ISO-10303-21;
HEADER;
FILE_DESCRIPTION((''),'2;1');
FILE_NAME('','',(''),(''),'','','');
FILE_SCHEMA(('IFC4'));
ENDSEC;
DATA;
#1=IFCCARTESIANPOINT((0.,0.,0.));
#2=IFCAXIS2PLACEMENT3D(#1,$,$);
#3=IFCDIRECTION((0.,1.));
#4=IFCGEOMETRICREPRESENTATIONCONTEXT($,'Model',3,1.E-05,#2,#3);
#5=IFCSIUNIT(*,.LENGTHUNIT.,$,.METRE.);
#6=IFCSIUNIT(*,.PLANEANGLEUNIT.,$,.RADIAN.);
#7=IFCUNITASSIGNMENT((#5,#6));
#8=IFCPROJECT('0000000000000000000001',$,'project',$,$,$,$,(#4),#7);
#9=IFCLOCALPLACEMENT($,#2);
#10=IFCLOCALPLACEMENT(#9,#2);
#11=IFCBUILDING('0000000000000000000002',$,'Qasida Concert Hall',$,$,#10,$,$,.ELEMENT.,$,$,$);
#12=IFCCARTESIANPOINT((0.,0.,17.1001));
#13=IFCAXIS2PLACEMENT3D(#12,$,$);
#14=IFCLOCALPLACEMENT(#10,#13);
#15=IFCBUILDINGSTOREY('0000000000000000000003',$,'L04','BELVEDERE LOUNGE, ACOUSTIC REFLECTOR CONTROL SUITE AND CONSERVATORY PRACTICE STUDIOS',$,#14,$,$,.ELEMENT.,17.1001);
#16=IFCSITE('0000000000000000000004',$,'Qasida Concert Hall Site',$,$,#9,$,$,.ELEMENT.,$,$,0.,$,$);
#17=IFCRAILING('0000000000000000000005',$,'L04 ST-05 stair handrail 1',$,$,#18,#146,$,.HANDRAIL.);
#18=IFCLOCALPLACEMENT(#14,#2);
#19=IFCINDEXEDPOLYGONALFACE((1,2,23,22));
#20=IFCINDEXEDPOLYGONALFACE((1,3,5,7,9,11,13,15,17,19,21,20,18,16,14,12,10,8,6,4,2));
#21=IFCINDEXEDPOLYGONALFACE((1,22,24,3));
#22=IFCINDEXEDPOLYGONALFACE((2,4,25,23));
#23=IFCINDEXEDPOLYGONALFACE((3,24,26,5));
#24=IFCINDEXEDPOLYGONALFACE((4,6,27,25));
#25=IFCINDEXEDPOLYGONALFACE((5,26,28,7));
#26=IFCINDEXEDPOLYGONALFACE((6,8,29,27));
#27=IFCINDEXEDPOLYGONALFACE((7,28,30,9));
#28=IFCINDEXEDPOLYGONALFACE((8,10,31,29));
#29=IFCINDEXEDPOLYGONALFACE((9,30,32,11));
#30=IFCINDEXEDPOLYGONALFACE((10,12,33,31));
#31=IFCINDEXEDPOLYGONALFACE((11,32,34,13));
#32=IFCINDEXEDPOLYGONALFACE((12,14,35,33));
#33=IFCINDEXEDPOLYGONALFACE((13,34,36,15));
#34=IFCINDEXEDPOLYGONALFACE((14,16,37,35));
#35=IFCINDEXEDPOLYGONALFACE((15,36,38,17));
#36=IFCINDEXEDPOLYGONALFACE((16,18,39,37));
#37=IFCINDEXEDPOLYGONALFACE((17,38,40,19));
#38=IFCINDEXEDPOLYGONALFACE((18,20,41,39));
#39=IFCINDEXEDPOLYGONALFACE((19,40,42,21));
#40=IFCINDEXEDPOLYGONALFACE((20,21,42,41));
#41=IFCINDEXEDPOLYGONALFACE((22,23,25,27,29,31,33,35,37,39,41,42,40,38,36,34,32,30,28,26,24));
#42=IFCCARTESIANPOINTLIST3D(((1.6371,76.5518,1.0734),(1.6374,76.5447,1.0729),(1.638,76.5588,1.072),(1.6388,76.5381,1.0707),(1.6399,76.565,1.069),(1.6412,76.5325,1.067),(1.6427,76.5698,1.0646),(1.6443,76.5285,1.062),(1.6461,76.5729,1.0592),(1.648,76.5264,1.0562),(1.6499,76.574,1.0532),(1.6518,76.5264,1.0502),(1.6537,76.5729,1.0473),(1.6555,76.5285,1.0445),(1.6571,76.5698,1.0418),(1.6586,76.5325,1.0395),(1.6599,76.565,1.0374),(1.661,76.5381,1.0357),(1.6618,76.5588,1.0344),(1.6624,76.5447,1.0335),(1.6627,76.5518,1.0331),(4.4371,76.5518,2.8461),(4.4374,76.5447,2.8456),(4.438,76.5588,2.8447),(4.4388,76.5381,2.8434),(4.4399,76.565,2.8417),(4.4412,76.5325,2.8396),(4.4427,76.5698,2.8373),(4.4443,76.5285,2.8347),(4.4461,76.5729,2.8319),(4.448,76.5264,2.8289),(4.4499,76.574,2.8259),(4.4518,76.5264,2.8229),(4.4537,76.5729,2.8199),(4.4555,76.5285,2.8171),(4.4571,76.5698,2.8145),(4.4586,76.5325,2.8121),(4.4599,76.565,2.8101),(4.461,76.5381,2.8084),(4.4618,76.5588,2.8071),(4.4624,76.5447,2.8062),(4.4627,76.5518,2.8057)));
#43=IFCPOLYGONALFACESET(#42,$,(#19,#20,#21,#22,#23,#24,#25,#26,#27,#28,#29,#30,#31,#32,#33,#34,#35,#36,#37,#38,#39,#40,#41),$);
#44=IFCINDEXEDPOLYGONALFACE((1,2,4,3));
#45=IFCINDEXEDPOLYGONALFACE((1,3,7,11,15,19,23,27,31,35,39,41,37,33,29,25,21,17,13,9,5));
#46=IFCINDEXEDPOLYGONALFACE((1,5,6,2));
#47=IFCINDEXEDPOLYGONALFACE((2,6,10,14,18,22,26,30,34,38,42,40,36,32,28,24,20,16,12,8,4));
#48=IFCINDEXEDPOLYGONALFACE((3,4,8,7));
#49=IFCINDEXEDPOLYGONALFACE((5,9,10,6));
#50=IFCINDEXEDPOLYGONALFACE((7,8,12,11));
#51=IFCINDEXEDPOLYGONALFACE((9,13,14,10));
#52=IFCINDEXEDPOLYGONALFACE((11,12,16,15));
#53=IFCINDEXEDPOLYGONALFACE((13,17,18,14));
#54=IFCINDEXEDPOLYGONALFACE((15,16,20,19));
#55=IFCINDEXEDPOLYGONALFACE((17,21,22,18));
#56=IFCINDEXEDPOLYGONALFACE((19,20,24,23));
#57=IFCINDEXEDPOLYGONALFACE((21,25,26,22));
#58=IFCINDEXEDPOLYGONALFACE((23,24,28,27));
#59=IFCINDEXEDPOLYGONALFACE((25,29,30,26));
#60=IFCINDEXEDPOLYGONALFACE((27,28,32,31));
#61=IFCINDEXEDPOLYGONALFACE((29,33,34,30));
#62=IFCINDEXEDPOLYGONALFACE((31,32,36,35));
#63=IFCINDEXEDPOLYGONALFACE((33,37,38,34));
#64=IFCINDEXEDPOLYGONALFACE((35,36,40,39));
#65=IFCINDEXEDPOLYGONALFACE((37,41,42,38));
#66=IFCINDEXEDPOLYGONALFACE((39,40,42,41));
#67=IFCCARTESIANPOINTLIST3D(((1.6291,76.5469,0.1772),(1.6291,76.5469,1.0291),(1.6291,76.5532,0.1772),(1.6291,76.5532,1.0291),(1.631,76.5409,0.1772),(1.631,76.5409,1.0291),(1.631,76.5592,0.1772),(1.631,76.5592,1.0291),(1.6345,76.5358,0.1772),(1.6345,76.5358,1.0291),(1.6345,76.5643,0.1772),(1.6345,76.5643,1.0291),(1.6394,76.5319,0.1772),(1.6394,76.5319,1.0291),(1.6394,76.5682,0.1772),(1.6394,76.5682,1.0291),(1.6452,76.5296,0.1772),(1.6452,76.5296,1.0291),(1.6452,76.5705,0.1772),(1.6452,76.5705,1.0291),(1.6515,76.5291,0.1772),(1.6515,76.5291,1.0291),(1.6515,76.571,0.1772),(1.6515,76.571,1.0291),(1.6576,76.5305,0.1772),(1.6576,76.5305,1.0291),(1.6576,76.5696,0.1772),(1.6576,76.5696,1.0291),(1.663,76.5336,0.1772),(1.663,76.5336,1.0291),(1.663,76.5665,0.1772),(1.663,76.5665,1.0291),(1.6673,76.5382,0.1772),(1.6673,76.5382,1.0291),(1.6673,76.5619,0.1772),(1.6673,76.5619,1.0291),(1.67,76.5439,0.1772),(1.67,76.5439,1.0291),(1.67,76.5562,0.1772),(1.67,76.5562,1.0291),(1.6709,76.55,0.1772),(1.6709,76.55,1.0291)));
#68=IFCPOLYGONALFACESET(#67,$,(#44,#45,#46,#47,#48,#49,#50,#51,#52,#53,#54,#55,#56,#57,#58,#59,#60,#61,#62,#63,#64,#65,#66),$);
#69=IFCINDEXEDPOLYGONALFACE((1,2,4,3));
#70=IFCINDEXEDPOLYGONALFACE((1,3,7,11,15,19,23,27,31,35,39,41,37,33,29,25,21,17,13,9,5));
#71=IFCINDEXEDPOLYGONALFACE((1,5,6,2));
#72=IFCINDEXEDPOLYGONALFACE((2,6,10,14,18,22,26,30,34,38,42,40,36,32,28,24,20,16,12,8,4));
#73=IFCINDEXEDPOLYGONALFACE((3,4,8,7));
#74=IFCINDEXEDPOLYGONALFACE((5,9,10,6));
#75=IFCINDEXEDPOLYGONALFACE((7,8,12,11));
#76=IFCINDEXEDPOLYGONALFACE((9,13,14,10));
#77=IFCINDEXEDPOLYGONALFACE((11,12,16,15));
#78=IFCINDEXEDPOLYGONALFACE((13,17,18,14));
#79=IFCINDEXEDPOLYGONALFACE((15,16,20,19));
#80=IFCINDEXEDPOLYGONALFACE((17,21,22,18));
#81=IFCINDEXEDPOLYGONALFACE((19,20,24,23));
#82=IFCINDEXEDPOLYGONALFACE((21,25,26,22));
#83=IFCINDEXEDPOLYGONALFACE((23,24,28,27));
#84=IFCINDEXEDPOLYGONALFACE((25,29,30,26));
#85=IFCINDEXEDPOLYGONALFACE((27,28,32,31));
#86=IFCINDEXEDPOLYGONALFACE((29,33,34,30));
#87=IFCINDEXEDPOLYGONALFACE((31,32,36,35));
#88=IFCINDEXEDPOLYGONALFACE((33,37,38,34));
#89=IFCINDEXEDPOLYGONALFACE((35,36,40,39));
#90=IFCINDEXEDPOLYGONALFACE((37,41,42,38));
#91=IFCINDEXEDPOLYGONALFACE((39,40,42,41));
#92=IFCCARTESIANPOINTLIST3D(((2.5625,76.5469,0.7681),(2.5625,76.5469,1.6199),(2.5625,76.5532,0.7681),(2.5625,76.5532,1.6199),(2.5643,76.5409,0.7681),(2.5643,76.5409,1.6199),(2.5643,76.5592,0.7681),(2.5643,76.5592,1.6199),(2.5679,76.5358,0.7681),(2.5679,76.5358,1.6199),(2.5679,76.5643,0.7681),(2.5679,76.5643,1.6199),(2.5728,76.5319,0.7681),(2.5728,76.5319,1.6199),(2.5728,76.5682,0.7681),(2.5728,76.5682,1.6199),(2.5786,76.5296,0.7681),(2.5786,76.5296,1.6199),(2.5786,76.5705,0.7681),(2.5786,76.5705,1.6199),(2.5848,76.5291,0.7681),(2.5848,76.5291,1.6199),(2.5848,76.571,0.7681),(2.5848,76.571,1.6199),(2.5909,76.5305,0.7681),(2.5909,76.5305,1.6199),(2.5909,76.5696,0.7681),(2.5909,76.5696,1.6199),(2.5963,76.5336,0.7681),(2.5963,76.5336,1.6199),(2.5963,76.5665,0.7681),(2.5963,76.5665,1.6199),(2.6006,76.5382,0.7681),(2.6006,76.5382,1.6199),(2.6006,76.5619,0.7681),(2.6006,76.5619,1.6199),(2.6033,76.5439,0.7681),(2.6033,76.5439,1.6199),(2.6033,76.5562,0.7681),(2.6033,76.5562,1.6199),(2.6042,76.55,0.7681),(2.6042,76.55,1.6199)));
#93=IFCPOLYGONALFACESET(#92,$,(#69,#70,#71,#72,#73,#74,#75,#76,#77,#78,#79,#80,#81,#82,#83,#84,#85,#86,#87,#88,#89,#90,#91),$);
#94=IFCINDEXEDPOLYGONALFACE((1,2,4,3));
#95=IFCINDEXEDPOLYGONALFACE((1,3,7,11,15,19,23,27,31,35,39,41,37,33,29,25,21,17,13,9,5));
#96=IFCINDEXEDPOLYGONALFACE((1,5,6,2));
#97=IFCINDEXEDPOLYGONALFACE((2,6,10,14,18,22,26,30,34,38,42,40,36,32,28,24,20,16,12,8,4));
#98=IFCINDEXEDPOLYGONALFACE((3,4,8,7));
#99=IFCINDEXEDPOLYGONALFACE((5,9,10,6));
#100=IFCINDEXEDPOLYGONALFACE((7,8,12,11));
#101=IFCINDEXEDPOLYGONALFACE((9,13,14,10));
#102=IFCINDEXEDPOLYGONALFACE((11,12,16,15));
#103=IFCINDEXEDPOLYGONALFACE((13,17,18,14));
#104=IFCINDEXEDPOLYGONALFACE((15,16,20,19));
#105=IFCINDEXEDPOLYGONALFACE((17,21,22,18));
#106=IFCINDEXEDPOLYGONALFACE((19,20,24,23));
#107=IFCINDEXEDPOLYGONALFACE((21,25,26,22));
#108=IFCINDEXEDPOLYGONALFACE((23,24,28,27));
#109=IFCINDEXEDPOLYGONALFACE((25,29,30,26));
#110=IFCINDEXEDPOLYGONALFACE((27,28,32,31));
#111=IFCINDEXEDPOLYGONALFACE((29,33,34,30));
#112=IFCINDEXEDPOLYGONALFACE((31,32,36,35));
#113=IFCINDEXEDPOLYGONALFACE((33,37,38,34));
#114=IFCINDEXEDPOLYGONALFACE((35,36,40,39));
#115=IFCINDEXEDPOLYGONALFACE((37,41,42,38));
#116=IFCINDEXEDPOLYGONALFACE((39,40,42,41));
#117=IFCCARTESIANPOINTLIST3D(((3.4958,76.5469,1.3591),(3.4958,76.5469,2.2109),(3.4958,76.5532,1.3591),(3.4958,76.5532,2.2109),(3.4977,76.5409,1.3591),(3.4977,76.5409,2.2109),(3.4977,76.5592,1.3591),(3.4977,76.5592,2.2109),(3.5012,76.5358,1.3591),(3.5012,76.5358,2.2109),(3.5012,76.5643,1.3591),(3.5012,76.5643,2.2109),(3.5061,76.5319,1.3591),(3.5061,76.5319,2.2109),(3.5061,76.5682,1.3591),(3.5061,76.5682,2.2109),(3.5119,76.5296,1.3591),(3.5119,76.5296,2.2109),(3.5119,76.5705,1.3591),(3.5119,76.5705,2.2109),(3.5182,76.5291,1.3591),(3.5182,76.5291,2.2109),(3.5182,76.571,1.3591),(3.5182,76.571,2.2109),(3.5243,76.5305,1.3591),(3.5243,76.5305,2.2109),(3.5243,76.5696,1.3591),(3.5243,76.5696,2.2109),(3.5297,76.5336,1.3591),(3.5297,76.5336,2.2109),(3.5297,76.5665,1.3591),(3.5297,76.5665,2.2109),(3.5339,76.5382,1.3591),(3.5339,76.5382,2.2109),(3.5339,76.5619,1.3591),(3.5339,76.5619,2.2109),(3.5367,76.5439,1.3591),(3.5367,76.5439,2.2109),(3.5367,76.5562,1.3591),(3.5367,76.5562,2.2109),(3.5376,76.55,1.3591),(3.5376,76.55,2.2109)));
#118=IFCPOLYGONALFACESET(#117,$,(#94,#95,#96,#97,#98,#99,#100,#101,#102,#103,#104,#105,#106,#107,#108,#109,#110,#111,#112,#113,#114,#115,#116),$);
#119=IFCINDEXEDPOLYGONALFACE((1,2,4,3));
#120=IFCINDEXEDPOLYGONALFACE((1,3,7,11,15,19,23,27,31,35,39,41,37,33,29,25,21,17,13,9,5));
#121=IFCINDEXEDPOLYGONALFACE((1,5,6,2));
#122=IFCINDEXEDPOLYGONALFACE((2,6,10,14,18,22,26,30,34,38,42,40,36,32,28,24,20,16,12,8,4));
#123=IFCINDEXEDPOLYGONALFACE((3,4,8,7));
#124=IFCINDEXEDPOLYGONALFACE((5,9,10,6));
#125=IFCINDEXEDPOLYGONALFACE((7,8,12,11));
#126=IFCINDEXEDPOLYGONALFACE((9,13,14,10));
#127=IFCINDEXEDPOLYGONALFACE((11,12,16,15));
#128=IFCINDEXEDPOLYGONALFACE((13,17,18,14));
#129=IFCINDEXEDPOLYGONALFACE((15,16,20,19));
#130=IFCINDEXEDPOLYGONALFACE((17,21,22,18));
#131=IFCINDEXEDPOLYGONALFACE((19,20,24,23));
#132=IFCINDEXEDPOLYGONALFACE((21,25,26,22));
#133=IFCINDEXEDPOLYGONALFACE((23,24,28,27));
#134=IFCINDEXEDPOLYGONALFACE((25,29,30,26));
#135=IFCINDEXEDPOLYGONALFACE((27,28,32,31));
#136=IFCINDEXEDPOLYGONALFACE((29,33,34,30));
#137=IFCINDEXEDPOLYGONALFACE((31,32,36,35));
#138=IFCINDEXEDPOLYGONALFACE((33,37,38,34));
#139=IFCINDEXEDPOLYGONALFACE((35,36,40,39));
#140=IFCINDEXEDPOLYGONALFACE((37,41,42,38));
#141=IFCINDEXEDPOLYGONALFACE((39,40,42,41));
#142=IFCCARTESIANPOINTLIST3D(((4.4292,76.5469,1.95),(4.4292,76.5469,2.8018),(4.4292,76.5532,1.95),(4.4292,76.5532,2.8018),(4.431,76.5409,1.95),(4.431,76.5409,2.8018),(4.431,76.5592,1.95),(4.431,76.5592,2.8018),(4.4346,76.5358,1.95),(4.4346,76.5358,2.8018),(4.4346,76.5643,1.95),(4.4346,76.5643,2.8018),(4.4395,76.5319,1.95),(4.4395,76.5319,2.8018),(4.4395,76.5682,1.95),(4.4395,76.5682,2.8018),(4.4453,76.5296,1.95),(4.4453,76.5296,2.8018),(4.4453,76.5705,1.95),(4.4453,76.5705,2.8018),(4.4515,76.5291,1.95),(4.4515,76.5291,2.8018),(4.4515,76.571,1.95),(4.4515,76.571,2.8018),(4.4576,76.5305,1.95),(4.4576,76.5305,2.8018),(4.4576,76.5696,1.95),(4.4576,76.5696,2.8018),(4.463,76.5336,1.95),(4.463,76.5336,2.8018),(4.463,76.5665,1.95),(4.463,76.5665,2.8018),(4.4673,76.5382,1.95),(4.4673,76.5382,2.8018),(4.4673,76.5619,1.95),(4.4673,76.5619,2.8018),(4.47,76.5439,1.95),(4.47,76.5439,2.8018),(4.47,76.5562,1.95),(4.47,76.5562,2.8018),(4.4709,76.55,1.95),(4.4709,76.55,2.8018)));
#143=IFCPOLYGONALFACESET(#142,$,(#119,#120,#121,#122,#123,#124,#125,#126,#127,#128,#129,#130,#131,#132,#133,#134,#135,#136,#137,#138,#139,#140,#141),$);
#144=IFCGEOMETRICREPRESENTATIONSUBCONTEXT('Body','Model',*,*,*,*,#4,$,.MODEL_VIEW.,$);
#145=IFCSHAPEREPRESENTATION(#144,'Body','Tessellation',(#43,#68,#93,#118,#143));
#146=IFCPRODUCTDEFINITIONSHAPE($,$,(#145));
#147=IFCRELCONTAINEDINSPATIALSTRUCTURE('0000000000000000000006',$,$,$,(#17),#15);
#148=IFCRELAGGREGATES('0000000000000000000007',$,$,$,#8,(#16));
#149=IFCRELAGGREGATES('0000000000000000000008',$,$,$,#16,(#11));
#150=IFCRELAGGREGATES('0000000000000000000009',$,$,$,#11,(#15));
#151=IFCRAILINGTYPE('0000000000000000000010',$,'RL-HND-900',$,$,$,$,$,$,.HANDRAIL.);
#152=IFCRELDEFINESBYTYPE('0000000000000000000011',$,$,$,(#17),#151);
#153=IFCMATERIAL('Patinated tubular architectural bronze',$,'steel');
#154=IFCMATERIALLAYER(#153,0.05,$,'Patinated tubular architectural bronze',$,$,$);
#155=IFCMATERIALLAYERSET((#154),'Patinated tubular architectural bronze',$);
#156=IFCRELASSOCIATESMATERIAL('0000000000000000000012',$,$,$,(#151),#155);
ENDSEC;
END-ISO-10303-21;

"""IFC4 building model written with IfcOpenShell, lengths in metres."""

from ifc_helpers import new_model, si_unit, direction, frame, origin, origin_2d, place, context, subcontext, project, spatial, circle, extrude, material, layer, layer_set, type_object, element, save


model = new_model("IFC4")

# Units and contexts
model_context = context("Model", 3, precision=1e-05, world=origin(), true_north=direction((0.0, 1.0)))
body_context = subcontext(model_context, "Body", "Model", "MODEL_VIEW")
ifc_project = project(units=[si_unit("LENGTHUNIT", "METRE"), si_unit("PLANEANGLEUNIT", "RADIAN")], contexts=[model_context])

# Site, building, storey
site_placement = place(None, origin())
site = spatial("IfcSite", under=ifc_project, at=site_placement, Name="Qasida Concert Hall Site", CompositionType="ELEMENT", RefElevation=0.0)
building_placement = place(site_placement, origin())
building = spatial("IfcBuilding", under=site, at=building_placement, Name="Qasida Concert Hall", CompositionType="ELEMENT")
storey_placement = place(building_placement, frame((0.0, 0.0, 17.1001)))
storey = spatial("IfcBuildingStorey", under=building, at=storey_placement, Name="L04", Description="BELVEDERE LOUNGE, ACOUSTIC REFLECTOR CONTROL SUITE AND CONSERVATORY PRACTICE STUDIOS", CompositionType="ELEMENT", Elevation=17.1001)

# Railing
ifc_material_1 = material(Name="Patinated tubular architectural bronze", Category="steel")
ifc_layer_1 = layer(ifc_material_1, 0.05, Name="Patinated tubular architectural bronze")
ifc_layer_set_1 = layer_set([ifc_layer_1], Name="Patinated tubular architectural bronze")
railing_type_1 = type_object("IfcRailingType", Name="RL-HND-900", PredefinedType="HANDRAIL", material=ifc_layer_set_1)
railing_1_placement = place(storey_placement, frame((1.6499, 76.55, 0.1772)))
element("IfcRailing", 1, at=railing_1_placement, inside=storey, type_object=railing_type_1, Name="L04 ST-05 stair handrail 1", PredefinedType="HANDRAIL", context=body_context, shape_type="SweptSolid", body=[
    extrude(circle(Radius=0.0239, at=origin_2d()), frame((0.0, 0.0, 0.876), z_axis=(0.844909, 0.0, 0.53491), x_axis=(0.0, 1.0, 0.0)), (0.0, 0.0, 1.0), 3.314),
    extrude(circle(Radius=0.021, at=origin_2d()), origin(), (0.0, 0.0, 1.0), 0.8518),
    extrude(circle(Radius=0.021, at=origin_2d()), frame((0.9333, 0.0, 0.5908)), (0.0, 0.0, 1.0), 0.8518),
    extrude(circle(Radius=0.021, at=origin_2d()), frame((1.8667, 0.0, 1.1819)), (0.0, 0.0, 1.0), 0.8518),
    extrude(circle(Radius=0.021, at=origin_2d()), frame((2.8, 0.0, 1.7727)), (0.0, 0.0, 1.0), 0.8518),
])

save(model, "model.ifc")
